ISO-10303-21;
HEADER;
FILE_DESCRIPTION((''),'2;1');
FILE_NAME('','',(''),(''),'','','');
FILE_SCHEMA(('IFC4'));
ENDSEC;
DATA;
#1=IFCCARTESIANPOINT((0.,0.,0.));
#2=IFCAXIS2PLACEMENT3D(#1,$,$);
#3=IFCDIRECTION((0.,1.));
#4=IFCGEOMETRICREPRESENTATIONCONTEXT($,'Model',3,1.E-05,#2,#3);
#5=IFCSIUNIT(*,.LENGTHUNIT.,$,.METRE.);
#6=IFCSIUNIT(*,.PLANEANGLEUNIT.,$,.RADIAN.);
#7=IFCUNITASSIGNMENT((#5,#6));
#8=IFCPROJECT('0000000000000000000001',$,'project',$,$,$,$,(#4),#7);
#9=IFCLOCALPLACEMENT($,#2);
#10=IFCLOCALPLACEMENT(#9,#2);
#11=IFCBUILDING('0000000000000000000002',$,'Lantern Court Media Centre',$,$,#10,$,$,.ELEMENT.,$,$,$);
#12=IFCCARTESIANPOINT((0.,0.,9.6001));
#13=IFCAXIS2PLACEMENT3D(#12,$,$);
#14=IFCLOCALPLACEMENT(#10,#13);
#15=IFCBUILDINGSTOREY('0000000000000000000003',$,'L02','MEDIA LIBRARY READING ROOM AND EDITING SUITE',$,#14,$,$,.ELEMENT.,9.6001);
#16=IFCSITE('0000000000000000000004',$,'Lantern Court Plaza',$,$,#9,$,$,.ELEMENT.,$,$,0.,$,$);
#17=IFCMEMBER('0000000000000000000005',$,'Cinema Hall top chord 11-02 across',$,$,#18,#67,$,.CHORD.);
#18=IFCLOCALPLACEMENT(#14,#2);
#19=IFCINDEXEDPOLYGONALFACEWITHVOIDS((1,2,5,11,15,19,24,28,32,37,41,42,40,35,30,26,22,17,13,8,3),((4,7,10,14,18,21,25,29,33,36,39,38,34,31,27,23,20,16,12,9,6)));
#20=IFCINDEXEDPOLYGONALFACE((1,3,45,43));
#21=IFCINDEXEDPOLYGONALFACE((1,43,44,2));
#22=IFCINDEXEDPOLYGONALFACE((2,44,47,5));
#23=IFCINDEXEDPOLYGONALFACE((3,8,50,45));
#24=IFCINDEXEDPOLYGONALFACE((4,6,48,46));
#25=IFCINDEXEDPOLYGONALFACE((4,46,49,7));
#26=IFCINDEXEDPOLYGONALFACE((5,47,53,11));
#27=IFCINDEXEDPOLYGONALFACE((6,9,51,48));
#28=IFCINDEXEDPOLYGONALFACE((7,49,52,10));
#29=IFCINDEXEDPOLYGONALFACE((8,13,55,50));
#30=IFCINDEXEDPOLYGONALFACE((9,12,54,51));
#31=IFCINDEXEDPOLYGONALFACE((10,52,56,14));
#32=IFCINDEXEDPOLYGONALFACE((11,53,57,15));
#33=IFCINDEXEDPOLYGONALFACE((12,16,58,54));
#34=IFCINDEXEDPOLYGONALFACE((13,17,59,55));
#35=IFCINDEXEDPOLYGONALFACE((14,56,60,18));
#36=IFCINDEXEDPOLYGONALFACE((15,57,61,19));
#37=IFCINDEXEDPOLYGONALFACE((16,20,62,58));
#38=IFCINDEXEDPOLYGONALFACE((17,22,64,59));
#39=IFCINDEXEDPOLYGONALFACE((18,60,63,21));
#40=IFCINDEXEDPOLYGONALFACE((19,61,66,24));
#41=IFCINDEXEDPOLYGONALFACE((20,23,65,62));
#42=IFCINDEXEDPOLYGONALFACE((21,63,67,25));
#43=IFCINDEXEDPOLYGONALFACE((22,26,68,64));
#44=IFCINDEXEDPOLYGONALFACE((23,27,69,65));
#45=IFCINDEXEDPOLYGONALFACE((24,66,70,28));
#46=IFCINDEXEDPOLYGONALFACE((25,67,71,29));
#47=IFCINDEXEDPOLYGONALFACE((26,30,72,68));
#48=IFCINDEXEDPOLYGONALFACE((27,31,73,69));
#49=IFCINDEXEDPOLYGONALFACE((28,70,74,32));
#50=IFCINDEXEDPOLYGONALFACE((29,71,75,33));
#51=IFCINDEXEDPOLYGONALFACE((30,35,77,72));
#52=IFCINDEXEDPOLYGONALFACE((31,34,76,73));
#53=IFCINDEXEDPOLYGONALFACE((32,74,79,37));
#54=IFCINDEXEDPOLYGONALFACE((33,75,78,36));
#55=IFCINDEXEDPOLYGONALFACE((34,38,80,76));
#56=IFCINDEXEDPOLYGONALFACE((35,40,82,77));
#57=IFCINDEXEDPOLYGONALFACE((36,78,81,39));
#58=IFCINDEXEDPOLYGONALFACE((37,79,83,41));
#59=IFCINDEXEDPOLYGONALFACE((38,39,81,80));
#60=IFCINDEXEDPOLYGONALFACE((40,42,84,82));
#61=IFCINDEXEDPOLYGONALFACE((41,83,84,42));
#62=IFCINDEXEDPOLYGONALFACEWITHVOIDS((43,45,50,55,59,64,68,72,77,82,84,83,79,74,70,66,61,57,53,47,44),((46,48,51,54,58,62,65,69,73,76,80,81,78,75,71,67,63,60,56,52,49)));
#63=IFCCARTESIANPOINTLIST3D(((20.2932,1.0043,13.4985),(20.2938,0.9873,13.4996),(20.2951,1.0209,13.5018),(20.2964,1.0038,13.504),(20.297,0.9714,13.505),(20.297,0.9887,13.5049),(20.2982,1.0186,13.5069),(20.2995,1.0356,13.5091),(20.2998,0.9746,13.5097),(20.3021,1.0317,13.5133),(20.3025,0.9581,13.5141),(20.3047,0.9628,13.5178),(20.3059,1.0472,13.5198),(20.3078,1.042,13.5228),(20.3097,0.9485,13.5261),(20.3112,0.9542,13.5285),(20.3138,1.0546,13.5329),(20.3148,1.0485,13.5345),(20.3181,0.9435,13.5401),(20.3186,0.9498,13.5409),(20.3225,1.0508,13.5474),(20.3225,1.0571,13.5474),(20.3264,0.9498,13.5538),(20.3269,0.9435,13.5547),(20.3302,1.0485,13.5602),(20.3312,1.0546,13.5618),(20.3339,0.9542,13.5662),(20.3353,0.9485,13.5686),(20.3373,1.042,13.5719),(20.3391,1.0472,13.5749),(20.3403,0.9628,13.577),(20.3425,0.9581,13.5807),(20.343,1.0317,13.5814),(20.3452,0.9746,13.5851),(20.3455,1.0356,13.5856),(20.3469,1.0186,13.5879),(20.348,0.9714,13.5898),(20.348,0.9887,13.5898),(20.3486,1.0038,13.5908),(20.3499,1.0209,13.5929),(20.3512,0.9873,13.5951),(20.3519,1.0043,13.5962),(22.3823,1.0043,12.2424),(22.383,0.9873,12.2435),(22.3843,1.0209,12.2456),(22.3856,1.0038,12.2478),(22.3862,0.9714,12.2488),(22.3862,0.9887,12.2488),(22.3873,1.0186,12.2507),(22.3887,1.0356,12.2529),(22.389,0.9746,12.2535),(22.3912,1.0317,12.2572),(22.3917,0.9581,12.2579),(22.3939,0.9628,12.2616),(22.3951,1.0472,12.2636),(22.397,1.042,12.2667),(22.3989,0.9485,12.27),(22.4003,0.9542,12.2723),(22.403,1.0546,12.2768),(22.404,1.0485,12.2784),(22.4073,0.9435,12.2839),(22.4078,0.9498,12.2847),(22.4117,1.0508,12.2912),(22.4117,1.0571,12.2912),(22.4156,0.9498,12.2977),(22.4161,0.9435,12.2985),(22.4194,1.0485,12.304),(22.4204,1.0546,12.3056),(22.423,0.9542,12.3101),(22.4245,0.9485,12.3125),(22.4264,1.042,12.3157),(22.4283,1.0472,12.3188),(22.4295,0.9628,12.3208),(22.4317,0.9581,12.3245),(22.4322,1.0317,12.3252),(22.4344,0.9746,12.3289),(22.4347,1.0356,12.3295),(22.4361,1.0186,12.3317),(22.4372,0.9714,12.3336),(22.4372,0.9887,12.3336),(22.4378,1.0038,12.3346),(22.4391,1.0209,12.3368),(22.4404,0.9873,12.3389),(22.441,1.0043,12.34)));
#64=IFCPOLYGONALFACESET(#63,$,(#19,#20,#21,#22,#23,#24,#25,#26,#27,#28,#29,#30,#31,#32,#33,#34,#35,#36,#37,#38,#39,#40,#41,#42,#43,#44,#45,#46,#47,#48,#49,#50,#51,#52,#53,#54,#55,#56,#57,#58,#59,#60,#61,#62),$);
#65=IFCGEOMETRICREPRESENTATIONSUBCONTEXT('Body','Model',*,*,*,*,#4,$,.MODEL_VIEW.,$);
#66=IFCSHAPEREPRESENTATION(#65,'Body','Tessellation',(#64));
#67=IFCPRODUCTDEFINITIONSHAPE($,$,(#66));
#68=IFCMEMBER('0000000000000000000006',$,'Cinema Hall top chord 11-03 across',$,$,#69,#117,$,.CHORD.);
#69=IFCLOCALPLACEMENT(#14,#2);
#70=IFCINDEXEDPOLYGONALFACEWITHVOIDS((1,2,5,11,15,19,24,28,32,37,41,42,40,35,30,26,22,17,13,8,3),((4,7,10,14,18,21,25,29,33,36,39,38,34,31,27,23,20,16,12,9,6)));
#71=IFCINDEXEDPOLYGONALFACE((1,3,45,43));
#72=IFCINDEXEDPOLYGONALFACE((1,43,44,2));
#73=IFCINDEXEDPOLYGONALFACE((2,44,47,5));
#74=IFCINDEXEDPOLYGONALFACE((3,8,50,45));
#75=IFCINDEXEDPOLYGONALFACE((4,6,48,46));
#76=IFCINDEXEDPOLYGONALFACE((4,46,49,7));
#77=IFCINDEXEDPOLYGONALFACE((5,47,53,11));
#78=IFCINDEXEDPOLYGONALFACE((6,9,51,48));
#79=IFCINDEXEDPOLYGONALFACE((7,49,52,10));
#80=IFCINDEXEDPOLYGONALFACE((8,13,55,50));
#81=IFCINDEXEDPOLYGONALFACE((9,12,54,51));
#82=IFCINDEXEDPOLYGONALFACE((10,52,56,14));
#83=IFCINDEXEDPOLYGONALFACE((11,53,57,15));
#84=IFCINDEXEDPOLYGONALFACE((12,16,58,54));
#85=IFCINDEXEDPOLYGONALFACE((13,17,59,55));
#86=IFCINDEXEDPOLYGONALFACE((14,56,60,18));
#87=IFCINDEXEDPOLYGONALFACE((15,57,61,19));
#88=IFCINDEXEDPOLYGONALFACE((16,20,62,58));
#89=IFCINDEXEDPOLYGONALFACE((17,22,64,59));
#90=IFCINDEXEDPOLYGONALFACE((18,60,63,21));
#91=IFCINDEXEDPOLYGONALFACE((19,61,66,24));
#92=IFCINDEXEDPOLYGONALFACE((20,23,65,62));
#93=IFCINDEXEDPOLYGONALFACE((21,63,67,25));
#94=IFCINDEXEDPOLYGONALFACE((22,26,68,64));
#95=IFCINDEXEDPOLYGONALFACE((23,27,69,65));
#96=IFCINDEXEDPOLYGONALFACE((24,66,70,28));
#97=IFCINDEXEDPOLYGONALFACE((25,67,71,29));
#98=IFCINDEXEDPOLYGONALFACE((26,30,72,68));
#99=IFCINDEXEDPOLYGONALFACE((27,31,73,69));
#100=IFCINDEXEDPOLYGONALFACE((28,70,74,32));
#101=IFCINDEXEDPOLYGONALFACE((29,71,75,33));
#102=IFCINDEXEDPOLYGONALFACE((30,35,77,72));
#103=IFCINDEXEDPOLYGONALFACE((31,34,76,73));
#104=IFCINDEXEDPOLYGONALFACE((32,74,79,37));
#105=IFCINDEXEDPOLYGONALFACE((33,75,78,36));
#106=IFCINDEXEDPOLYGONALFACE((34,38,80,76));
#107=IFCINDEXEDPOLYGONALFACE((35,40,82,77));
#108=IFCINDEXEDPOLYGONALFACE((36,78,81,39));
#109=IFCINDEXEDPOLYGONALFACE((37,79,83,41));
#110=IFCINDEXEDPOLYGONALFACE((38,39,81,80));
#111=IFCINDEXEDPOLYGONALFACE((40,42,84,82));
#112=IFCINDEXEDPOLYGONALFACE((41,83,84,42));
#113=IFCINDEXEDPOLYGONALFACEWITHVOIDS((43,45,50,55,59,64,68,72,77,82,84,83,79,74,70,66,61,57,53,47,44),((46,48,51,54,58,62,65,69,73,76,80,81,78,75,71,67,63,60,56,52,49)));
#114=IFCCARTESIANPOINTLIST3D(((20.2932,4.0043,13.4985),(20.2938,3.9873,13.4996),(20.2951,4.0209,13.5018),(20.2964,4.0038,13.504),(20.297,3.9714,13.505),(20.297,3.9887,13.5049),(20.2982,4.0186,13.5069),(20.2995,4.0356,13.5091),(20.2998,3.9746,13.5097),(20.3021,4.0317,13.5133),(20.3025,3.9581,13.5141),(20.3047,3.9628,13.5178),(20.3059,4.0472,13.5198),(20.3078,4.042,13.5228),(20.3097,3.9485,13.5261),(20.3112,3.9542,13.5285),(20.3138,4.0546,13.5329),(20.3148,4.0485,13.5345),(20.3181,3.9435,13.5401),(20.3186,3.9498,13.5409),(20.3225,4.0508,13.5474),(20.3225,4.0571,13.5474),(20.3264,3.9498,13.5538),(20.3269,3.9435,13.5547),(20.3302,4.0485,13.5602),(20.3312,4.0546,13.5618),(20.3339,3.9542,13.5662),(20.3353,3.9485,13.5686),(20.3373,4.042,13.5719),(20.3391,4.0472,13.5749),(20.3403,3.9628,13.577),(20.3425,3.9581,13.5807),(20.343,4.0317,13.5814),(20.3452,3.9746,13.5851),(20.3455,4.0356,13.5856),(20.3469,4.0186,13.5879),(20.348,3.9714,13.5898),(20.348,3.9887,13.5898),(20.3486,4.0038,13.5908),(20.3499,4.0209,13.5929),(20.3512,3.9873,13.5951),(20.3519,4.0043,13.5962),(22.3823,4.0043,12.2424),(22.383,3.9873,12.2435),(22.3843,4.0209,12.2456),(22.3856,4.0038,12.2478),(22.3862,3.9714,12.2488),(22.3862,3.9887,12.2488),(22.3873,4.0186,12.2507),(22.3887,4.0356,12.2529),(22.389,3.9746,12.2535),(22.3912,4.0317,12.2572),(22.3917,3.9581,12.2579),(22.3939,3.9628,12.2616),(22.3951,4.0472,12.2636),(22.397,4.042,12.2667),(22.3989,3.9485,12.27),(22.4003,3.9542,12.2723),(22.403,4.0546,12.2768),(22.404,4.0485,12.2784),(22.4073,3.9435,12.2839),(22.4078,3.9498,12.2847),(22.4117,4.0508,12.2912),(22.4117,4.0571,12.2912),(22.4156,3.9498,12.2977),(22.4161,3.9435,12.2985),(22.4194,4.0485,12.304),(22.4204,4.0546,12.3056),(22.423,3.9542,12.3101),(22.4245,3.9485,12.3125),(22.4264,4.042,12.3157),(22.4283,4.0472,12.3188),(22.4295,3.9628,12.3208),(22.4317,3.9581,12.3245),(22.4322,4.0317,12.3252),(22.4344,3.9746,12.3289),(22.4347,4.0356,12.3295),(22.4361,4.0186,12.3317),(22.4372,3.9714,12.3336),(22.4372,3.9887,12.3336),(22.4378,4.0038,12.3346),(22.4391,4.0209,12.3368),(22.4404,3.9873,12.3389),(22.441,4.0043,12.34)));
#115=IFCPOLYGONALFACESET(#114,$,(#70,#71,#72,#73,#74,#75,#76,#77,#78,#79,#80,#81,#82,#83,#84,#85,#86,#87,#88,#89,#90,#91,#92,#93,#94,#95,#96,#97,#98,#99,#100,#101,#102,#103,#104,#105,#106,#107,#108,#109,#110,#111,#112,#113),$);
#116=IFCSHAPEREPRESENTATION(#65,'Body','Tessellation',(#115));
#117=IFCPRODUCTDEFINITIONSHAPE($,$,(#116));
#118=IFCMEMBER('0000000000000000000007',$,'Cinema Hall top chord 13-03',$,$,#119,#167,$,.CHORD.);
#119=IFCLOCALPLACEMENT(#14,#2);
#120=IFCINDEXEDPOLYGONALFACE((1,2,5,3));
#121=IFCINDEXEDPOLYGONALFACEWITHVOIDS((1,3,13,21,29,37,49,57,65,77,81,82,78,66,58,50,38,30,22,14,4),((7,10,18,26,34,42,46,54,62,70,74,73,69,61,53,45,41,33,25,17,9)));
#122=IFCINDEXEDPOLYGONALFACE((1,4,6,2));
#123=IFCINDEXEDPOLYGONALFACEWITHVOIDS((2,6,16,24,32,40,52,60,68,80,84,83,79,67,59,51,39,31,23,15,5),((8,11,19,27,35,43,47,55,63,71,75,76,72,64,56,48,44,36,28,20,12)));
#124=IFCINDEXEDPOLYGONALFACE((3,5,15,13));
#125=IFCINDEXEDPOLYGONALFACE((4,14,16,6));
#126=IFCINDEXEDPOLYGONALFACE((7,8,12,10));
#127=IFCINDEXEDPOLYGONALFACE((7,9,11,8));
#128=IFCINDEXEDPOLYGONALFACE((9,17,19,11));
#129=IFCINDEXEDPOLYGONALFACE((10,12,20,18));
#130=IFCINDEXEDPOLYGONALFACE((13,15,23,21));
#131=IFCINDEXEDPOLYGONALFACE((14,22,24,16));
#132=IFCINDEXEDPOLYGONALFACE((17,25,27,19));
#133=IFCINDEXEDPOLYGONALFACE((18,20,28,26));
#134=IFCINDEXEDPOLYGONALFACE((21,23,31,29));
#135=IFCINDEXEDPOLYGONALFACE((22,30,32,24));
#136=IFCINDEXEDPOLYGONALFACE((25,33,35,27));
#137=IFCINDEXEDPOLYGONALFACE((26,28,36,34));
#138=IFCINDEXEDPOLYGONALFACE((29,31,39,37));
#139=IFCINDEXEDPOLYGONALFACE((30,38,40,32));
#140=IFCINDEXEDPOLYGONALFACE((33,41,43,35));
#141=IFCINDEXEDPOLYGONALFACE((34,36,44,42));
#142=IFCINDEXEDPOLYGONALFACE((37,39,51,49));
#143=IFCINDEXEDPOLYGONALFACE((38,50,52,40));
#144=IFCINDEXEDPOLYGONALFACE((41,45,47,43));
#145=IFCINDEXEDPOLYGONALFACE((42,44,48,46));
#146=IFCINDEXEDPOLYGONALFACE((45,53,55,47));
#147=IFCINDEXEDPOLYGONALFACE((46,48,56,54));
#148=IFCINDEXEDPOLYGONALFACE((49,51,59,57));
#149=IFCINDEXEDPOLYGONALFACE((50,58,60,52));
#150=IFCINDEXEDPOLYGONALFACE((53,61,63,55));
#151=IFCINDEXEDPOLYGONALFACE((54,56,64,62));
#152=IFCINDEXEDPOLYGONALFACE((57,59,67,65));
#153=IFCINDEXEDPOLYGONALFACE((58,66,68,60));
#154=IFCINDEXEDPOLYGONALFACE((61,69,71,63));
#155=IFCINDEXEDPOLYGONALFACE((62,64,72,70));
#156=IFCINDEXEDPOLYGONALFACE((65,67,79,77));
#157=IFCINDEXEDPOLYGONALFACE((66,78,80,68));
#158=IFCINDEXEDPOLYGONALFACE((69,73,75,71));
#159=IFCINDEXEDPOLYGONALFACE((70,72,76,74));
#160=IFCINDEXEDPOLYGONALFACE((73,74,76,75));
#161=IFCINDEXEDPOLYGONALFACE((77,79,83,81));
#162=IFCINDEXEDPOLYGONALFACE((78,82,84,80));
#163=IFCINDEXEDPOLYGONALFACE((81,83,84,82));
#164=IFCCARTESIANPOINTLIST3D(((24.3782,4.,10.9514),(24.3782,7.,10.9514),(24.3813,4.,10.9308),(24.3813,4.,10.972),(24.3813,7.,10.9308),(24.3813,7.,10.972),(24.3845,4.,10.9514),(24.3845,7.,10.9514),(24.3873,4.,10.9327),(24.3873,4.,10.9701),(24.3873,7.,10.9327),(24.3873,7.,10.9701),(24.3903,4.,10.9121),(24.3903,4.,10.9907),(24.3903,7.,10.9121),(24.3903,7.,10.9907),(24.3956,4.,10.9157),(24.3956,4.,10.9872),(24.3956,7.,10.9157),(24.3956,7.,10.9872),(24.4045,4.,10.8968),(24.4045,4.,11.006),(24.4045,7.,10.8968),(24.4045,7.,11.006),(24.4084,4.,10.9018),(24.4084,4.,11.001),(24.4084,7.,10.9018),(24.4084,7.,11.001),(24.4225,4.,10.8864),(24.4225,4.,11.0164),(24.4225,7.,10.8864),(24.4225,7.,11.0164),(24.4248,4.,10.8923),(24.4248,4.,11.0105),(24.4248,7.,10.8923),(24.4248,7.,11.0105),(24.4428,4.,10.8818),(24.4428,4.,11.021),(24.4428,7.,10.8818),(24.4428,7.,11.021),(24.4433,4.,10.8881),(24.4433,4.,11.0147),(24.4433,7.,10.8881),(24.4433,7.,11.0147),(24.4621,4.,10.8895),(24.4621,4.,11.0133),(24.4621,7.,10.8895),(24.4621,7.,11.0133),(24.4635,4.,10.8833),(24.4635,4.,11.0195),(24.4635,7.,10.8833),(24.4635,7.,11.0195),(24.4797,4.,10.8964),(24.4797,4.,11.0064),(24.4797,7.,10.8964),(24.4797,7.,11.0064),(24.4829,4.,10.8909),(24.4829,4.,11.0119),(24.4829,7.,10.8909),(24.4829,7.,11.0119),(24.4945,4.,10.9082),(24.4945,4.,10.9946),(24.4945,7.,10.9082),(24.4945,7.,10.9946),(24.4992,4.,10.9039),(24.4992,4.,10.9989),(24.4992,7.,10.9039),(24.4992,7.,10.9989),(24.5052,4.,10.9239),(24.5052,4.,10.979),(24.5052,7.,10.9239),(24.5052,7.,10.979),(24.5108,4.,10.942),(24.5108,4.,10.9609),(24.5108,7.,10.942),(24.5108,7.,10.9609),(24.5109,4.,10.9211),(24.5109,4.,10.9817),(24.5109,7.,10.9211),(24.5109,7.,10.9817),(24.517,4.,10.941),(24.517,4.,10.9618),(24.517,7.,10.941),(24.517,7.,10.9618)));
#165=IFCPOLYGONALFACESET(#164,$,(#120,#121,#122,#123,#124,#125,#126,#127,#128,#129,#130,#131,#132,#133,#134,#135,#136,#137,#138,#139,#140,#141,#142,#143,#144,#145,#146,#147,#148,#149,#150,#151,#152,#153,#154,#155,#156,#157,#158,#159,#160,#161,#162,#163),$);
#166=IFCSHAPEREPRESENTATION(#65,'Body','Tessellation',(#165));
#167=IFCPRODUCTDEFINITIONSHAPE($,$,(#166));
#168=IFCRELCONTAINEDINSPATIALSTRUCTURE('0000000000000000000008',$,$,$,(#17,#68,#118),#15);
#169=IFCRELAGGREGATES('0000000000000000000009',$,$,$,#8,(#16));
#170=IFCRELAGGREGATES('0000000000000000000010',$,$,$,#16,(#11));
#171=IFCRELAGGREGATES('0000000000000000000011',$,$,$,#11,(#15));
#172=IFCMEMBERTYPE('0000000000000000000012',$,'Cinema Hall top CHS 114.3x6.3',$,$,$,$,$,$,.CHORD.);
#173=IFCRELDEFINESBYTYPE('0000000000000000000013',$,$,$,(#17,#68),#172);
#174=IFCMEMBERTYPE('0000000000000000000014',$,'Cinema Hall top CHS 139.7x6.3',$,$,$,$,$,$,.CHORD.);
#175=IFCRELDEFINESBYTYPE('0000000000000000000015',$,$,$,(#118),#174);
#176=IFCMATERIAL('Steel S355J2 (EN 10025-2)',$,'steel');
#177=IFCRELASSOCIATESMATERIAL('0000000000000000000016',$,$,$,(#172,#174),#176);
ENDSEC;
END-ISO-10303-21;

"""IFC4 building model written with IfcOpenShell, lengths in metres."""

from ifc_helpers import new_model, si_unit, direction, frame, origin, origin_2d, place, context, subcontext, project, spatial, hollow_circle, extrude, material, material_profile, profile_set, type_object, element, save


model = new_model("IFC4")

# Units and contexts
model_context = context("Model", 3, precision=1e-05, world=origin(), true_north=direction((0.0, 1.0)))
body_context = subcontext(model_context, "Body", "Model", "MODEL_VIEW")
ifc_project = project(units=[si_unit("LENGTHUNIT", "METRE"), si_unit("PLANEANGLEUNIT", "RADIAN")], contexts=[model_context])

# Site, building, storey
site_placement = place(None, origin())
site = spatial("IfcSite", under=ifc_project, at=site_placement, Name="Lantern Court Plaza", CompositionType="ELEMENT", RefElevation=0.0)
building_placement = place(site_placement, origin())
building = spatial("IfcBuilding", under=site, at=building_placement, Name="Lantern Court Media Centre", CompositionType="ELEMENT")
storey_placement = place(building_placement, frame((0.0, 0.0, 9.6001)))
storey = spatial("IfcBuildingStorey", under=building, at=storey_placement, Name="L02", Description="MEDIA LIBRARY READING ROOM AND EDITING SUITE", CompositionType="ELEMENT", Elevation=9.6001)

# Members
ifc_material = material(Name="Steel S355J2 (EN 10025-2)", Category="steel")
ifc_material_profile_1 = material_profile(ifc_material, hollow_circle(Radius=0.0571, WallThickness=0.0063, at=origin_2d()), Name="Cinema Hall top CHS 114.3x6.3")
ifc_profile_set_1 = profile_set([ifc_material_profile_1], Name="Steel S355J2 (EN 10025-2)")
member_type_1 = type_object("IfcMemberType", Name="Cinema Hall top CHS 114.3x6.3", PredefinedType="CHORD", material=ifc_profile_set_1)
for number, where, z_axis, x_axis, name in (
    (1, (20.3225, 1.0, 13.5474), (0.857015, 0.0, -0.515291), (0.0, 1.0, 0.0), "Cinema Hall top chord 11-02 across"),
    (2, (20.3225, 4.0, 13.5474), (0.857015, 0.0, -0.515291), (0.0, 1.0, 0.0), "Cinema Hall top chord 11-03 across"),
):
    element("IfcMember", number, at=place(storey_placement, frame(where, z_axis=z_axis, x_axis=x_axis)), inside=storey, type_object=member_type_1, Name=name, PredefinedType="CHORD", context=body_context, shape_type="SweptSolid", body=[
        extrude(hollow_circle(Radius=0.0571, WallThickness=0.0063, at=origin_2d()), origin(), (0.0, 0.0, 1.0), 2.4377),
    ])
ifc_material_profile_2 = material_profile(ifc_material, hollow_circle(Radius=0.0698, WallThickness=0.0063, at=origin_2d()), Name="Cinema Hall top CHS 139.7x6.3")
ifc_profile_set_2 = profile_set([ifc_material_profile_2], Name="Steel S355J2 (EN 10025-2)")
member_type_2 = type_object("IfcMemberType", Name="Cinema Hall top CHS 139.7x6.3", PredefinedType="CHORD", material=ifc_profile_set_2)
member_1_placement = place(storey_placement, frame((24.448, 4.0, 10.9514), z_axis=(0.0, 1.0, 0.0), x_axis=(-1.0, 0.0, 0.0)))
element("IfcMember", 3, at=member_1_placement, inside=storey, type_object=member_type_2, Name="Cinema Hall top chord 13-03", PredefinedType="CHORD", context=body_context, shape_type="SweptSolid", body=[
    extrude(hollow_circle(Radius=0.0698, WallThickness=0.0063, at=origin_2d()), origin(), (0.0, 0.0, 1.0), 3.0),
])

save(model, "model.ifc")
